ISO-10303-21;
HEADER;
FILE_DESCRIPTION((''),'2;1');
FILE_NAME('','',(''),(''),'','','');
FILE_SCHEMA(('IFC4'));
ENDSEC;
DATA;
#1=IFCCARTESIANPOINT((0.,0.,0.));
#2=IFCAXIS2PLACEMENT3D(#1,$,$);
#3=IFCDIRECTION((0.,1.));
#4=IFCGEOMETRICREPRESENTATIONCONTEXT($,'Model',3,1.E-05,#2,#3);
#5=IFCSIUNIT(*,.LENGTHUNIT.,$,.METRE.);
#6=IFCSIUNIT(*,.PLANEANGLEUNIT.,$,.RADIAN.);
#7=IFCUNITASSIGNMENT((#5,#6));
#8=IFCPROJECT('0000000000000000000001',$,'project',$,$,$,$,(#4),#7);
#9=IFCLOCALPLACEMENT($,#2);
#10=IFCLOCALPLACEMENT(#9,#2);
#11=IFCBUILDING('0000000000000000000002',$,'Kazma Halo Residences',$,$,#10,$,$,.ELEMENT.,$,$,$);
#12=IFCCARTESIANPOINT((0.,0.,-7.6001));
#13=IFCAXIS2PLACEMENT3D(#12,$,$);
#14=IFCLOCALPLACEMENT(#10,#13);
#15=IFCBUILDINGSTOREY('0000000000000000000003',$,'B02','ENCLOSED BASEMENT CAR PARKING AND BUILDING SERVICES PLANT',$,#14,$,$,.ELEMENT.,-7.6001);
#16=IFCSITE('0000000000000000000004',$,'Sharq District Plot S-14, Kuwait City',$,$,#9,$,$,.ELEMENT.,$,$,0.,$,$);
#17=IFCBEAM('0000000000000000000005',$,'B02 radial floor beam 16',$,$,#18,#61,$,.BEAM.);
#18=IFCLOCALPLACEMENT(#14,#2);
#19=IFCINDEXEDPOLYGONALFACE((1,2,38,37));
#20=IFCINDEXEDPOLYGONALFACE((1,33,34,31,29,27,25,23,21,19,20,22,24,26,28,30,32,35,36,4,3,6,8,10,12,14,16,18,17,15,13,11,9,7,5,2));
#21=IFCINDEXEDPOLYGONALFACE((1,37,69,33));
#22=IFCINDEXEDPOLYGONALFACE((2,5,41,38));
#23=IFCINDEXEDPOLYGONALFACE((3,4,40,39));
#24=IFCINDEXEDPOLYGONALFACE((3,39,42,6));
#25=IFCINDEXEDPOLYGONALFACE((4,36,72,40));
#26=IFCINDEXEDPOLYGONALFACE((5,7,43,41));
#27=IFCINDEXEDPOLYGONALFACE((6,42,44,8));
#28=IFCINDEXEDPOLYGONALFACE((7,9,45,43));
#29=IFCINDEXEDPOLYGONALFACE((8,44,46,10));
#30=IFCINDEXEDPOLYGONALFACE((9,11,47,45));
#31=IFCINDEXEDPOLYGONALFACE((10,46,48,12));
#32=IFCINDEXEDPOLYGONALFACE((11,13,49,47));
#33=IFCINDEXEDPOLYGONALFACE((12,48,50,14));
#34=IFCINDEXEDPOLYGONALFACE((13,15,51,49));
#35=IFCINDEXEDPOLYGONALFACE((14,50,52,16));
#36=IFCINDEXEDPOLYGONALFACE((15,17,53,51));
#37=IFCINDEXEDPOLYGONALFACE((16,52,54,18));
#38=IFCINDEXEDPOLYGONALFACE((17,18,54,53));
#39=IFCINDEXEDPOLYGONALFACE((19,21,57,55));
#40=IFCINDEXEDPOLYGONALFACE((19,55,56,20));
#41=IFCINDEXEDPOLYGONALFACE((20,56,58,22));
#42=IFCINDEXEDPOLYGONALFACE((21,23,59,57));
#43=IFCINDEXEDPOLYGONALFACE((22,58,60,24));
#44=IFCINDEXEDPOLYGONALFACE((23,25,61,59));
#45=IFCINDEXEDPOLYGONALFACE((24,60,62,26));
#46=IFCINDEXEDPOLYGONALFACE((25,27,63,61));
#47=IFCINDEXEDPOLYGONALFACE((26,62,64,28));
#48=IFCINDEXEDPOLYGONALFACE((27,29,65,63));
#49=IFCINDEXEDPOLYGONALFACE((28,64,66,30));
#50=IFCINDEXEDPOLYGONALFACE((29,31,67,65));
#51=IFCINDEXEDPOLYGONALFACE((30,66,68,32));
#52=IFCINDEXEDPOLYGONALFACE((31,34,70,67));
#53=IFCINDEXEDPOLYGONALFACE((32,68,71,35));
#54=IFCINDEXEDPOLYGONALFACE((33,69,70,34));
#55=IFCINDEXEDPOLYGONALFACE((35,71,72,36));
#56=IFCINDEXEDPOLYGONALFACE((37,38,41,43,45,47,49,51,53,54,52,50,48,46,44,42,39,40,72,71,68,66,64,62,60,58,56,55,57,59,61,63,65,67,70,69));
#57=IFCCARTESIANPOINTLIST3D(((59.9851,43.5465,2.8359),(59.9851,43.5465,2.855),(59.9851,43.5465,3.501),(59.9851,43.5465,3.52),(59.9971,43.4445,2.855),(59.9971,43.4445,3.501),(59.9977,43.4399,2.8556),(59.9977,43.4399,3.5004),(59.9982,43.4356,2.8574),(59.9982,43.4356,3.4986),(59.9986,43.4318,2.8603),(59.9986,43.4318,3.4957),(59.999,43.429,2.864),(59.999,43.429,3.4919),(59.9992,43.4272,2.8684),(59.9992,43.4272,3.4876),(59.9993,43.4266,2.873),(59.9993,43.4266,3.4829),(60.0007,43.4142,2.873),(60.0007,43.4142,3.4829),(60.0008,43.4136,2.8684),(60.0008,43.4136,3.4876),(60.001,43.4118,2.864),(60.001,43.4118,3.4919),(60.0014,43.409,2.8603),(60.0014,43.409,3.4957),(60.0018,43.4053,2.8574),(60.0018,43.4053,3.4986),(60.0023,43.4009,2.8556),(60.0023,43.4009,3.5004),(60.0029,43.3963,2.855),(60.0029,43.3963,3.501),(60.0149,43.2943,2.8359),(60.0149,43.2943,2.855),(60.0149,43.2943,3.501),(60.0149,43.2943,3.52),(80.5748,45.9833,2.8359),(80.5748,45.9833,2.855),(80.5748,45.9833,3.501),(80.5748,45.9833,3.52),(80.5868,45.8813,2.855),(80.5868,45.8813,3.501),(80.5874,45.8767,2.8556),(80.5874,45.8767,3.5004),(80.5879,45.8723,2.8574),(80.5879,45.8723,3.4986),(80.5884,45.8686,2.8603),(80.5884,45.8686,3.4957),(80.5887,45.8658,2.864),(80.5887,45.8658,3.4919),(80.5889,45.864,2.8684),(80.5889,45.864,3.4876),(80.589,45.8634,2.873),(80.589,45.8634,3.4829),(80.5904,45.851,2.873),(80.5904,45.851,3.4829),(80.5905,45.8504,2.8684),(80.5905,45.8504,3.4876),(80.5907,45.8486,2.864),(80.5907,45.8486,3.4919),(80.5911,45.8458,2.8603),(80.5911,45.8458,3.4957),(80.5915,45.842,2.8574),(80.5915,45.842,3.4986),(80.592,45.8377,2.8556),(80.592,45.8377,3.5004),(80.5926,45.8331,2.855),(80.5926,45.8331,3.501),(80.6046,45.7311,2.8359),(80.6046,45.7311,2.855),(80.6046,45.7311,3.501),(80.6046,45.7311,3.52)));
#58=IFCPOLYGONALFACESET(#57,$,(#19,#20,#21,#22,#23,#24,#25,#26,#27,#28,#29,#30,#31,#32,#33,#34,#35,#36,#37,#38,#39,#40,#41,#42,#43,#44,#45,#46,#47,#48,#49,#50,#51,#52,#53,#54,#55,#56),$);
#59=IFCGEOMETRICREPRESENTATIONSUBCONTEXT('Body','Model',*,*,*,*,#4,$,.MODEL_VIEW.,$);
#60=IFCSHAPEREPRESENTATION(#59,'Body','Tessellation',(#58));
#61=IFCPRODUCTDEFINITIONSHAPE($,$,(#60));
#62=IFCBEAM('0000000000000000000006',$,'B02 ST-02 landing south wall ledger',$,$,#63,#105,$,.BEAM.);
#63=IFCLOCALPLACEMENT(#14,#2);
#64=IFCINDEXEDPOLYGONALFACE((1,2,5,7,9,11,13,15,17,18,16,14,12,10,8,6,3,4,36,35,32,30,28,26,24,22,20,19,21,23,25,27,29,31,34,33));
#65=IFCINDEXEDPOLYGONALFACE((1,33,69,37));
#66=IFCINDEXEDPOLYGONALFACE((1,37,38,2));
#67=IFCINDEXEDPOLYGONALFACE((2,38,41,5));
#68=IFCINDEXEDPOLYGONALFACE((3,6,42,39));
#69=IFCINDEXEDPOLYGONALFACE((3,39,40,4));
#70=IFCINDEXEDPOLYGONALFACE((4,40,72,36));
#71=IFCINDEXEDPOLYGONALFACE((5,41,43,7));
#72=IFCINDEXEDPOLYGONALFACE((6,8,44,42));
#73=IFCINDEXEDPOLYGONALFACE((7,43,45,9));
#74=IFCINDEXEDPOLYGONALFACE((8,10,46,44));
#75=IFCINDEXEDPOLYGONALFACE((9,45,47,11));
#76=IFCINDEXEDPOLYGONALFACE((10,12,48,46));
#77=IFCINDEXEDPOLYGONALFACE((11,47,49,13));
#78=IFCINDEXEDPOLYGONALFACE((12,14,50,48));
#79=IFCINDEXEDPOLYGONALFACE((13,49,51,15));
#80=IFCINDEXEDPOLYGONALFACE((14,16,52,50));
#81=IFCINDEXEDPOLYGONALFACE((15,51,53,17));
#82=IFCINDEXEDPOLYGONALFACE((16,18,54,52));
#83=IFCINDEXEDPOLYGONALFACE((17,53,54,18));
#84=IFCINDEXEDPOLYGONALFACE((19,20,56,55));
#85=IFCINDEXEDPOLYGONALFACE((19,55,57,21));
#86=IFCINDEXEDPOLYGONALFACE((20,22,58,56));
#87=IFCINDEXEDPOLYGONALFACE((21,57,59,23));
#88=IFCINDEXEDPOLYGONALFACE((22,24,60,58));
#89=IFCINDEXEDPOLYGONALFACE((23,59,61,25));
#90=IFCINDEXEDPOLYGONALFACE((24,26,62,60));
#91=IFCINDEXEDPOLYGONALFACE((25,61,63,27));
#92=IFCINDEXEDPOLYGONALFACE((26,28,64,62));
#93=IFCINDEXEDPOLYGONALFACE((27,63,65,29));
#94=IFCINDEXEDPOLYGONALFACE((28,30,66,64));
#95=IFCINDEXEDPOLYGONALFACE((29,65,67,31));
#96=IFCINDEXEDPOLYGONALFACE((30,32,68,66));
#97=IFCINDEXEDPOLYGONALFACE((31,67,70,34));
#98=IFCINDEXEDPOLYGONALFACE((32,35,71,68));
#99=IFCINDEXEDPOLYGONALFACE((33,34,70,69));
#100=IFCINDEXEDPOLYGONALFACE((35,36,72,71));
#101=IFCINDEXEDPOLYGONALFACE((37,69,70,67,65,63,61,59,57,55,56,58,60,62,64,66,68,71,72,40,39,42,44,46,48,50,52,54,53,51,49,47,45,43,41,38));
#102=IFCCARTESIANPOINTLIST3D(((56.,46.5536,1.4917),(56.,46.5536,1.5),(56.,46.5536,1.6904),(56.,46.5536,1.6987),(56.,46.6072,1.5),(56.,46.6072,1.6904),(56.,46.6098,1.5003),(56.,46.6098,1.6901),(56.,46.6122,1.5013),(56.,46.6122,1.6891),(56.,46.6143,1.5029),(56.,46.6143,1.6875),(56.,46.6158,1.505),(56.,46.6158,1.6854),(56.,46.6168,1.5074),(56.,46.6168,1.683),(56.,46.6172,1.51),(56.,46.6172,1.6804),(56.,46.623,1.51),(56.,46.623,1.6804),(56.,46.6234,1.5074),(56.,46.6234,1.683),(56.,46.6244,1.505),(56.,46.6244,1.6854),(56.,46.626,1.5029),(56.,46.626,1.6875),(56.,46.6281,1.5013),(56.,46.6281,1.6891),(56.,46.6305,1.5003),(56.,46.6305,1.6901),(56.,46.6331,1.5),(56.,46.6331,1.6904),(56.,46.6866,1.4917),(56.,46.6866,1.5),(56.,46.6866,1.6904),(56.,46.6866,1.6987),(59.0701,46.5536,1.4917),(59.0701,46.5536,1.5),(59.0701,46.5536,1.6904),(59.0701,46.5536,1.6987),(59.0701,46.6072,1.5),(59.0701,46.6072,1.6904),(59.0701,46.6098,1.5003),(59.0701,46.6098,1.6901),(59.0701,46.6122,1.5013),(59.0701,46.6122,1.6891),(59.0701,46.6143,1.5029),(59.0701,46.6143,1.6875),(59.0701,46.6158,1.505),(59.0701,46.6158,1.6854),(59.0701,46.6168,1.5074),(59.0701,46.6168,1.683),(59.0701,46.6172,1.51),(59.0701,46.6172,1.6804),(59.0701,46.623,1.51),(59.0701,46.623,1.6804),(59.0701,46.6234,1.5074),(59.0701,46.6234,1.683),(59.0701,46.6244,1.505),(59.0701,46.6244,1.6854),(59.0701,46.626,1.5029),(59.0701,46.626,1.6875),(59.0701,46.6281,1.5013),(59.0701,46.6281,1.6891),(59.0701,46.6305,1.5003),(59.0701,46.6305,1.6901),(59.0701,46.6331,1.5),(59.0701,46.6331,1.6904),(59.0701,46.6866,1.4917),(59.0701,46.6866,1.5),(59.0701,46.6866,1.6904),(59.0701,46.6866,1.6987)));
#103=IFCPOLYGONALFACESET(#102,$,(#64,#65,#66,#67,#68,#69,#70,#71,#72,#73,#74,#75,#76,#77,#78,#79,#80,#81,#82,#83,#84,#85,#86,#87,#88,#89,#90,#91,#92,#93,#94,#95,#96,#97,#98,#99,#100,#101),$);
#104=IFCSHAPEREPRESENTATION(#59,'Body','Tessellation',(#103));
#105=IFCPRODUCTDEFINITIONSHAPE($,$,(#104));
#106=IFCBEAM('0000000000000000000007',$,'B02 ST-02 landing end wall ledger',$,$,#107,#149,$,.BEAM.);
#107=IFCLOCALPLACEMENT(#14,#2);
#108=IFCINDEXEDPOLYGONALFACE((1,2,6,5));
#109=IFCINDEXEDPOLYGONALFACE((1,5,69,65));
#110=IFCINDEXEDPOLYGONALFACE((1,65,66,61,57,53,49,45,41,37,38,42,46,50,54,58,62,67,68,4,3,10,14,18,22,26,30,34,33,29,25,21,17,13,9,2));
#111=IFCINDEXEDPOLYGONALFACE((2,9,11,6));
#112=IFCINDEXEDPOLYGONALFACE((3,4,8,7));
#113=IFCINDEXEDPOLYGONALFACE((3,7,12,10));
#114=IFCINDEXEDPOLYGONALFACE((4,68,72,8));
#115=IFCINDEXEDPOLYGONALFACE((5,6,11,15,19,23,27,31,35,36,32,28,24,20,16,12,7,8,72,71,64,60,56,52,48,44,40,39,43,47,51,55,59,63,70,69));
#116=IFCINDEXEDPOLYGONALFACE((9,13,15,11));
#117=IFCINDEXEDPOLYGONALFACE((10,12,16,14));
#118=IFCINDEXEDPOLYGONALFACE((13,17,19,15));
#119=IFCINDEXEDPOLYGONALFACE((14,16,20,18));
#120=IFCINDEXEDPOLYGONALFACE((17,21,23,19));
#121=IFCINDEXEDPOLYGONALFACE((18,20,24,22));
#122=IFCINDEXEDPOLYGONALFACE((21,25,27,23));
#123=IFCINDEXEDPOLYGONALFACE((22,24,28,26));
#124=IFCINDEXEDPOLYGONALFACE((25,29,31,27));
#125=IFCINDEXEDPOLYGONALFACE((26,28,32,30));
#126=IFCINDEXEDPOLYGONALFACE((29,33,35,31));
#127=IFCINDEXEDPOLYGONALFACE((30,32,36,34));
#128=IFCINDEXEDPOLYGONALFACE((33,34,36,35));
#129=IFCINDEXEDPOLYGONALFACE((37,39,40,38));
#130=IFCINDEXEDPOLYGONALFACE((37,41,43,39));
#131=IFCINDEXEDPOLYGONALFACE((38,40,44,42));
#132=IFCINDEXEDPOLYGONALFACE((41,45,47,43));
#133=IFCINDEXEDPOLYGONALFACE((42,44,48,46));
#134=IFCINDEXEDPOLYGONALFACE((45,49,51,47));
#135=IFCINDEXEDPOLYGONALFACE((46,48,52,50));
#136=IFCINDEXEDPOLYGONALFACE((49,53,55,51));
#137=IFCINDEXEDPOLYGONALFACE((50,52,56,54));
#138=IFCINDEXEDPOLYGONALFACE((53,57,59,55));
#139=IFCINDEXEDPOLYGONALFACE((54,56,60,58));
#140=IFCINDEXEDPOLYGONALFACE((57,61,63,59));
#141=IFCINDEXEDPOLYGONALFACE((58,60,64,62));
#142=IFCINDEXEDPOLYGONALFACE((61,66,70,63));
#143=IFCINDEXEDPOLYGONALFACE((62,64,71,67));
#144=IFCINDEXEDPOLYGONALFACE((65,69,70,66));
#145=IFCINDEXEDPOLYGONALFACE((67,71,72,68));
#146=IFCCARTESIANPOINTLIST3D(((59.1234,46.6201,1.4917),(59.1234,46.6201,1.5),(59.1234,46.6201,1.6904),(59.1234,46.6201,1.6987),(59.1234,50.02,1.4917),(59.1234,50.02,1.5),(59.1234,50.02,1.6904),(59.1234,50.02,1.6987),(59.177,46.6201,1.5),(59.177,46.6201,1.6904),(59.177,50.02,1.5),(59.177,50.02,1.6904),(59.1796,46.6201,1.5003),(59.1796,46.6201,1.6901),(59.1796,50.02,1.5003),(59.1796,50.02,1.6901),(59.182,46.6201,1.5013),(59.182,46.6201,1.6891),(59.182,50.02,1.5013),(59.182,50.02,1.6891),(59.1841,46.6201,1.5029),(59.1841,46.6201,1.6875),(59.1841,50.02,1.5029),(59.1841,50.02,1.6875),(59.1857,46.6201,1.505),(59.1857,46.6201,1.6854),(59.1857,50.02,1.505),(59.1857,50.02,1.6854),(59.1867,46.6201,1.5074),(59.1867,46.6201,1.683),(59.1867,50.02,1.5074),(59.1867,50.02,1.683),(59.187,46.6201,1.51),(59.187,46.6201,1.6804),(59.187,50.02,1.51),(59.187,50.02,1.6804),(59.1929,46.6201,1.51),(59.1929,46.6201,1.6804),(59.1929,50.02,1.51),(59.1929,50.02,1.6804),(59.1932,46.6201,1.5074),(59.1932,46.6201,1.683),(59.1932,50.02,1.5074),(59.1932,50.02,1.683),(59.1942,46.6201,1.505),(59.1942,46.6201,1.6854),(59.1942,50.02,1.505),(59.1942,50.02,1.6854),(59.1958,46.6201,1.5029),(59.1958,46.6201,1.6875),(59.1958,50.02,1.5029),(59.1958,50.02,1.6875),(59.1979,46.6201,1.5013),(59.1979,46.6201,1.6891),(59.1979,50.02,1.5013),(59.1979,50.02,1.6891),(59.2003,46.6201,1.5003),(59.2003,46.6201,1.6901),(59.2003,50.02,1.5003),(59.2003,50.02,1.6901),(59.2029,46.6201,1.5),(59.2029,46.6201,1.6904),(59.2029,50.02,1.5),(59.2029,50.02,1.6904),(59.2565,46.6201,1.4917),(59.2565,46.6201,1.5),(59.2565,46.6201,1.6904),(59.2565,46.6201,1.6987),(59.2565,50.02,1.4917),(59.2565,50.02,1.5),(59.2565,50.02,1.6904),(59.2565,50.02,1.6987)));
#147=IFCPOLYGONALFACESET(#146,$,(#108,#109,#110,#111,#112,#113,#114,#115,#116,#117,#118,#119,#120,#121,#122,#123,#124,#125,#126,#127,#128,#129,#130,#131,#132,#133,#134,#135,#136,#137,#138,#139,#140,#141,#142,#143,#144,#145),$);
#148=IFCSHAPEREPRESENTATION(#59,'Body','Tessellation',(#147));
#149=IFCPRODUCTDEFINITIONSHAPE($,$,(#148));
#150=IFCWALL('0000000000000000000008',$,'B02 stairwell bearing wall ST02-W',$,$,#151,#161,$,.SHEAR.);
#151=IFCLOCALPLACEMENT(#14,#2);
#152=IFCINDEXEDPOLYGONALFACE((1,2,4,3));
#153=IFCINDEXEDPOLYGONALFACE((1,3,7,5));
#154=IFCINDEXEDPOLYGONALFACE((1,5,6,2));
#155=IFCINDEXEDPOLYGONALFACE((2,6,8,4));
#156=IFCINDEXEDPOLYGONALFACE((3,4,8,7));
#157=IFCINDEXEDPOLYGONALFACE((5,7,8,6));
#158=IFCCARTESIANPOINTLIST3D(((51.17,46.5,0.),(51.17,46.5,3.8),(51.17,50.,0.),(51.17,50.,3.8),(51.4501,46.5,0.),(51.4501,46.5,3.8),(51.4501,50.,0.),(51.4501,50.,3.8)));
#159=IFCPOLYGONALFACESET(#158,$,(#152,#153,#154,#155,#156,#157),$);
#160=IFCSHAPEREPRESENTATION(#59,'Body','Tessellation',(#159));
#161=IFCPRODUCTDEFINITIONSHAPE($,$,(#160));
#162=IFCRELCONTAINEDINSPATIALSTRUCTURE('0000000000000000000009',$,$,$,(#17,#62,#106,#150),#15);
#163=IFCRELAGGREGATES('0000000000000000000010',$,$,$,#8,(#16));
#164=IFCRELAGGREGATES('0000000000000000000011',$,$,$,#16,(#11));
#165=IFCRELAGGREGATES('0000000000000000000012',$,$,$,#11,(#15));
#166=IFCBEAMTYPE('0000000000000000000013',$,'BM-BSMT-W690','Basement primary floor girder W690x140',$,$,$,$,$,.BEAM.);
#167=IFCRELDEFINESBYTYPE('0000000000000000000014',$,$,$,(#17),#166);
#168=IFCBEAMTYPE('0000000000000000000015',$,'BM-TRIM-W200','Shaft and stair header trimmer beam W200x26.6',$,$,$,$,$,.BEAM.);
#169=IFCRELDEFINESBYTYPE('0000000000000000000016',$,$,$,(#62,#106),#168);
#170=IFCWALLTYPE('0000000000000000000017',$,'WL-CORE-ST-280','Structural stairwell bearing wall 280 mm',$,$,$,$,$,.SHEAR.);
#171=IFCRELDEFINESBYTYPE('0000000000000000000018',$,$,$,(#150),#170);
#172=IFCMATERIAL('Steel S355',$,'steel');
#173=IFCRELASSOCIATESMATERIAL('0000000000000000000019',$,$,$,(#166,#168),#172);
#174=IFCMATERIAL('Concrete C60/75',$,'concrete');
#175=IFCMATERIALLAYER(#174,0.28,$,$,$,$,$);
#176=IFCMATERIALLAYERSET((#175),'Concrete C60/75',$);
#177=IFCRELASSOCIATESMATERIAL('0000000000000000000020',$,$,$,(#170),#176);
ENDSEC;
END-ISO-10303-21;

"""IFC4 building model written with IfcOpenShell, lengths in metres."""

from ifc_helpers import new_model, si_unit, direction, frame, frame_2d, origin, origin_2d, place, context, subcontext, project, spatial, rectangle, i_section, extrude, material, layer, layer_set, material_profile, profile_set, type_object, element, save


model = new_model("IFC4")

# Units and contexts
model_context = context("Model", 3, precision=1e-05, world=origin(), true_north=direction((0.0, 1.0)))
body_context = subcontext(model_context, "Body", "Model", "MODEL_VIEW")
ifc_project = project(units=[si_unit("LENGTHUNIT", "METRE"), si_unit("PLANEANGLEUNIT", "RADIAN")], contexts=[model_context])

# Site, building, storey
site_placement = place(None, origin())
site = spatial("IfcSite", under=ifc_project, at=site_placement, Name="Sharq District Plot S-14, Kuwait City", CompositionType="ELEMENT", RefElevation=0.0)
building_placement = place(site_placement, origin())
building = spatial("IfcBuilding", under=site, at=building_placement, Name="Kazma Halo Residences", CompositionType="ELEMENT")
storey_placement = place(building_placement, frame((0.0, 0.0, -7.6001)))
storey = spatial("IfcBuildingStorey", under=building, at=storey_placement, Name="B02", Description="ENCLOSED BASEMENT CAR PARKING AND BUILDING SERVICES PLANT", CompositionType="ELEMENT", Elevation=-7.6001)

# Shared definitions
ifc_material_1 = material(Name="Concrete C60/75", Category="concrete")

# Shared definitions
ifc_material_2 = material(Name="Steel S355", Category="steel")

# Beams
ifc_material_profile_1 = material_profile(ifc_material_2, i_section(OverallWidth=0.2539, OverallDepth=0.6841, WebThickness=0.0125, FlangeThickness=0.019, FilletRadius=0.0181, at=origin_2d()), Name="W690x140")
ifc_profile_set_1 = profile_set([ifc_material_profile_1], Name="Steel S355")
beam_type_1 = type_object("IfcBeamType", Name="BM-BSMT-W690", Description="Basement primary floor girder W690x140", PredefinedType="BEAM", material=ifc_profile_set_1)
beam_1_placement = place(storey_placement, frame((60.0, 43.4204, 3.178), z_axis=(0.993069, 0.117529, 0.0), x_axis=(-0.117529, 0.993069, 0.0)))
element("IfcBeam", 1, at=beam_1_placement, inside=storey, type_object=beam_type_1, Name="B02 radial floor beam 16", PredefinedType="BEAM", context=body_context, shape_type="SweptSolid", body=[
    extrude(i_section(OverallWidth=0.2539, OverallDepth=0.6841, WebThickness=0.0125, FlangeThickness=0.019, FilletRadius=0.0181, at=origin_2d()), origin(), (0.0, 0.0, 1.0), 20.7334),
])
ifc_material_profile_2 = material_profile(ifc_material_2, i_section(OverallWidth=0.1331, OverallDepth=0.207, WebThickness=0.0059, FlangeThickness=0.0083, FilletRadius=0.01, at=origin_2d()), Name="W200x26.6")
ifc_profile_set_2 = profile_set([ifc_material_profile_2], Name="Steel S355")
beam_type_2 = type_object("IfcBeamType", Name="BM-TRIM-W200", Description="Shaft and stair header trimmer beam W200x26.6", PredefinedType="BEAM", material=ifc_profile_set_2)
beam_2_placement = place(storey_placement, frame((56.0, 46.6201, 1.5952), z_axis=(1.0, 0.0, 0.0), x_axis=(0.0, 1.0, 0.0)))
element("IfcBeam", 2, at=beam_2_placement, inside=storey, type_object=beam_type_2, Name="B02 ST-02 landing south wall ledger", PredefinedType="BEAM", context=body_context, shape_type="SweptSolid", body=[
    extrude(i_section(OverallWidth=0.1331, OverallDepth=0.207, WebThickness=0.0059, FlangeThickness=0.0083, FilletRadius=0.01, at=origin_2d()), origin(), (0.0, 0.0, 1.0), 3.0701),
])
beam_3_placement = place(storey_placement, frame((59.1899, 46.6201, 1.5952), z_axis=(0.0, 1.0, 0.0), x_axis=(-1.0, 0.0, 0.0)))
element("IfcBeam", 3, at=beam_3_placement, inside=storey, type_object=beam_type_2, Name="B02 ST-02 landing end wall ledger", PredefinedType="BEAM", context=body_context, shape_type="SweptSolid", body=[
    extrude(i_section(OverallWidth=0.1331, OverallDepth=0.207, WebThickness=0.0059, FlangeThickness=0.0083, FilletRadius=0.01, at=origin_2d()), origin(), (0.0, 0.0, 1.0), 3.3999),
])

# Wall
ifc_layer_1 = layer(ifc_material_1, 0.28)
ifc_layer_set_1 = layer_set([ifc_layer_1], Name="Concrete C60/75")
wall_type_1 = type_object("IfcWallType", Name="WL-CORE-ST-280", Description="Structural stairwell bearing wall 280 mm", PredefinedType="SHEAR", material=ifc_layer_set_1)
wall_1_placement = place(storey_placement, frame((51.3101, 46.5, 0.0), z_axis=(0.0, 0.0, 1.0), x_axis=(0.0, 1.0, 0.0)))
element("IfcWall", 4, at=wall_1_placement, inside=storey, type_object=wall_type_1, Name="B02 stairwell bearing wall ST02-W", PredefinedType="SHEAR", context=body_context, shape_type="SweptSolid", body=[
    extrude(rectangle(XDim=3.5, YDim=0.28, at=frame_2d((1.75, 0.0))), origin(), (0.0, 0.0, 1.0), 3.8),
])

save(model, "model.ifc")
